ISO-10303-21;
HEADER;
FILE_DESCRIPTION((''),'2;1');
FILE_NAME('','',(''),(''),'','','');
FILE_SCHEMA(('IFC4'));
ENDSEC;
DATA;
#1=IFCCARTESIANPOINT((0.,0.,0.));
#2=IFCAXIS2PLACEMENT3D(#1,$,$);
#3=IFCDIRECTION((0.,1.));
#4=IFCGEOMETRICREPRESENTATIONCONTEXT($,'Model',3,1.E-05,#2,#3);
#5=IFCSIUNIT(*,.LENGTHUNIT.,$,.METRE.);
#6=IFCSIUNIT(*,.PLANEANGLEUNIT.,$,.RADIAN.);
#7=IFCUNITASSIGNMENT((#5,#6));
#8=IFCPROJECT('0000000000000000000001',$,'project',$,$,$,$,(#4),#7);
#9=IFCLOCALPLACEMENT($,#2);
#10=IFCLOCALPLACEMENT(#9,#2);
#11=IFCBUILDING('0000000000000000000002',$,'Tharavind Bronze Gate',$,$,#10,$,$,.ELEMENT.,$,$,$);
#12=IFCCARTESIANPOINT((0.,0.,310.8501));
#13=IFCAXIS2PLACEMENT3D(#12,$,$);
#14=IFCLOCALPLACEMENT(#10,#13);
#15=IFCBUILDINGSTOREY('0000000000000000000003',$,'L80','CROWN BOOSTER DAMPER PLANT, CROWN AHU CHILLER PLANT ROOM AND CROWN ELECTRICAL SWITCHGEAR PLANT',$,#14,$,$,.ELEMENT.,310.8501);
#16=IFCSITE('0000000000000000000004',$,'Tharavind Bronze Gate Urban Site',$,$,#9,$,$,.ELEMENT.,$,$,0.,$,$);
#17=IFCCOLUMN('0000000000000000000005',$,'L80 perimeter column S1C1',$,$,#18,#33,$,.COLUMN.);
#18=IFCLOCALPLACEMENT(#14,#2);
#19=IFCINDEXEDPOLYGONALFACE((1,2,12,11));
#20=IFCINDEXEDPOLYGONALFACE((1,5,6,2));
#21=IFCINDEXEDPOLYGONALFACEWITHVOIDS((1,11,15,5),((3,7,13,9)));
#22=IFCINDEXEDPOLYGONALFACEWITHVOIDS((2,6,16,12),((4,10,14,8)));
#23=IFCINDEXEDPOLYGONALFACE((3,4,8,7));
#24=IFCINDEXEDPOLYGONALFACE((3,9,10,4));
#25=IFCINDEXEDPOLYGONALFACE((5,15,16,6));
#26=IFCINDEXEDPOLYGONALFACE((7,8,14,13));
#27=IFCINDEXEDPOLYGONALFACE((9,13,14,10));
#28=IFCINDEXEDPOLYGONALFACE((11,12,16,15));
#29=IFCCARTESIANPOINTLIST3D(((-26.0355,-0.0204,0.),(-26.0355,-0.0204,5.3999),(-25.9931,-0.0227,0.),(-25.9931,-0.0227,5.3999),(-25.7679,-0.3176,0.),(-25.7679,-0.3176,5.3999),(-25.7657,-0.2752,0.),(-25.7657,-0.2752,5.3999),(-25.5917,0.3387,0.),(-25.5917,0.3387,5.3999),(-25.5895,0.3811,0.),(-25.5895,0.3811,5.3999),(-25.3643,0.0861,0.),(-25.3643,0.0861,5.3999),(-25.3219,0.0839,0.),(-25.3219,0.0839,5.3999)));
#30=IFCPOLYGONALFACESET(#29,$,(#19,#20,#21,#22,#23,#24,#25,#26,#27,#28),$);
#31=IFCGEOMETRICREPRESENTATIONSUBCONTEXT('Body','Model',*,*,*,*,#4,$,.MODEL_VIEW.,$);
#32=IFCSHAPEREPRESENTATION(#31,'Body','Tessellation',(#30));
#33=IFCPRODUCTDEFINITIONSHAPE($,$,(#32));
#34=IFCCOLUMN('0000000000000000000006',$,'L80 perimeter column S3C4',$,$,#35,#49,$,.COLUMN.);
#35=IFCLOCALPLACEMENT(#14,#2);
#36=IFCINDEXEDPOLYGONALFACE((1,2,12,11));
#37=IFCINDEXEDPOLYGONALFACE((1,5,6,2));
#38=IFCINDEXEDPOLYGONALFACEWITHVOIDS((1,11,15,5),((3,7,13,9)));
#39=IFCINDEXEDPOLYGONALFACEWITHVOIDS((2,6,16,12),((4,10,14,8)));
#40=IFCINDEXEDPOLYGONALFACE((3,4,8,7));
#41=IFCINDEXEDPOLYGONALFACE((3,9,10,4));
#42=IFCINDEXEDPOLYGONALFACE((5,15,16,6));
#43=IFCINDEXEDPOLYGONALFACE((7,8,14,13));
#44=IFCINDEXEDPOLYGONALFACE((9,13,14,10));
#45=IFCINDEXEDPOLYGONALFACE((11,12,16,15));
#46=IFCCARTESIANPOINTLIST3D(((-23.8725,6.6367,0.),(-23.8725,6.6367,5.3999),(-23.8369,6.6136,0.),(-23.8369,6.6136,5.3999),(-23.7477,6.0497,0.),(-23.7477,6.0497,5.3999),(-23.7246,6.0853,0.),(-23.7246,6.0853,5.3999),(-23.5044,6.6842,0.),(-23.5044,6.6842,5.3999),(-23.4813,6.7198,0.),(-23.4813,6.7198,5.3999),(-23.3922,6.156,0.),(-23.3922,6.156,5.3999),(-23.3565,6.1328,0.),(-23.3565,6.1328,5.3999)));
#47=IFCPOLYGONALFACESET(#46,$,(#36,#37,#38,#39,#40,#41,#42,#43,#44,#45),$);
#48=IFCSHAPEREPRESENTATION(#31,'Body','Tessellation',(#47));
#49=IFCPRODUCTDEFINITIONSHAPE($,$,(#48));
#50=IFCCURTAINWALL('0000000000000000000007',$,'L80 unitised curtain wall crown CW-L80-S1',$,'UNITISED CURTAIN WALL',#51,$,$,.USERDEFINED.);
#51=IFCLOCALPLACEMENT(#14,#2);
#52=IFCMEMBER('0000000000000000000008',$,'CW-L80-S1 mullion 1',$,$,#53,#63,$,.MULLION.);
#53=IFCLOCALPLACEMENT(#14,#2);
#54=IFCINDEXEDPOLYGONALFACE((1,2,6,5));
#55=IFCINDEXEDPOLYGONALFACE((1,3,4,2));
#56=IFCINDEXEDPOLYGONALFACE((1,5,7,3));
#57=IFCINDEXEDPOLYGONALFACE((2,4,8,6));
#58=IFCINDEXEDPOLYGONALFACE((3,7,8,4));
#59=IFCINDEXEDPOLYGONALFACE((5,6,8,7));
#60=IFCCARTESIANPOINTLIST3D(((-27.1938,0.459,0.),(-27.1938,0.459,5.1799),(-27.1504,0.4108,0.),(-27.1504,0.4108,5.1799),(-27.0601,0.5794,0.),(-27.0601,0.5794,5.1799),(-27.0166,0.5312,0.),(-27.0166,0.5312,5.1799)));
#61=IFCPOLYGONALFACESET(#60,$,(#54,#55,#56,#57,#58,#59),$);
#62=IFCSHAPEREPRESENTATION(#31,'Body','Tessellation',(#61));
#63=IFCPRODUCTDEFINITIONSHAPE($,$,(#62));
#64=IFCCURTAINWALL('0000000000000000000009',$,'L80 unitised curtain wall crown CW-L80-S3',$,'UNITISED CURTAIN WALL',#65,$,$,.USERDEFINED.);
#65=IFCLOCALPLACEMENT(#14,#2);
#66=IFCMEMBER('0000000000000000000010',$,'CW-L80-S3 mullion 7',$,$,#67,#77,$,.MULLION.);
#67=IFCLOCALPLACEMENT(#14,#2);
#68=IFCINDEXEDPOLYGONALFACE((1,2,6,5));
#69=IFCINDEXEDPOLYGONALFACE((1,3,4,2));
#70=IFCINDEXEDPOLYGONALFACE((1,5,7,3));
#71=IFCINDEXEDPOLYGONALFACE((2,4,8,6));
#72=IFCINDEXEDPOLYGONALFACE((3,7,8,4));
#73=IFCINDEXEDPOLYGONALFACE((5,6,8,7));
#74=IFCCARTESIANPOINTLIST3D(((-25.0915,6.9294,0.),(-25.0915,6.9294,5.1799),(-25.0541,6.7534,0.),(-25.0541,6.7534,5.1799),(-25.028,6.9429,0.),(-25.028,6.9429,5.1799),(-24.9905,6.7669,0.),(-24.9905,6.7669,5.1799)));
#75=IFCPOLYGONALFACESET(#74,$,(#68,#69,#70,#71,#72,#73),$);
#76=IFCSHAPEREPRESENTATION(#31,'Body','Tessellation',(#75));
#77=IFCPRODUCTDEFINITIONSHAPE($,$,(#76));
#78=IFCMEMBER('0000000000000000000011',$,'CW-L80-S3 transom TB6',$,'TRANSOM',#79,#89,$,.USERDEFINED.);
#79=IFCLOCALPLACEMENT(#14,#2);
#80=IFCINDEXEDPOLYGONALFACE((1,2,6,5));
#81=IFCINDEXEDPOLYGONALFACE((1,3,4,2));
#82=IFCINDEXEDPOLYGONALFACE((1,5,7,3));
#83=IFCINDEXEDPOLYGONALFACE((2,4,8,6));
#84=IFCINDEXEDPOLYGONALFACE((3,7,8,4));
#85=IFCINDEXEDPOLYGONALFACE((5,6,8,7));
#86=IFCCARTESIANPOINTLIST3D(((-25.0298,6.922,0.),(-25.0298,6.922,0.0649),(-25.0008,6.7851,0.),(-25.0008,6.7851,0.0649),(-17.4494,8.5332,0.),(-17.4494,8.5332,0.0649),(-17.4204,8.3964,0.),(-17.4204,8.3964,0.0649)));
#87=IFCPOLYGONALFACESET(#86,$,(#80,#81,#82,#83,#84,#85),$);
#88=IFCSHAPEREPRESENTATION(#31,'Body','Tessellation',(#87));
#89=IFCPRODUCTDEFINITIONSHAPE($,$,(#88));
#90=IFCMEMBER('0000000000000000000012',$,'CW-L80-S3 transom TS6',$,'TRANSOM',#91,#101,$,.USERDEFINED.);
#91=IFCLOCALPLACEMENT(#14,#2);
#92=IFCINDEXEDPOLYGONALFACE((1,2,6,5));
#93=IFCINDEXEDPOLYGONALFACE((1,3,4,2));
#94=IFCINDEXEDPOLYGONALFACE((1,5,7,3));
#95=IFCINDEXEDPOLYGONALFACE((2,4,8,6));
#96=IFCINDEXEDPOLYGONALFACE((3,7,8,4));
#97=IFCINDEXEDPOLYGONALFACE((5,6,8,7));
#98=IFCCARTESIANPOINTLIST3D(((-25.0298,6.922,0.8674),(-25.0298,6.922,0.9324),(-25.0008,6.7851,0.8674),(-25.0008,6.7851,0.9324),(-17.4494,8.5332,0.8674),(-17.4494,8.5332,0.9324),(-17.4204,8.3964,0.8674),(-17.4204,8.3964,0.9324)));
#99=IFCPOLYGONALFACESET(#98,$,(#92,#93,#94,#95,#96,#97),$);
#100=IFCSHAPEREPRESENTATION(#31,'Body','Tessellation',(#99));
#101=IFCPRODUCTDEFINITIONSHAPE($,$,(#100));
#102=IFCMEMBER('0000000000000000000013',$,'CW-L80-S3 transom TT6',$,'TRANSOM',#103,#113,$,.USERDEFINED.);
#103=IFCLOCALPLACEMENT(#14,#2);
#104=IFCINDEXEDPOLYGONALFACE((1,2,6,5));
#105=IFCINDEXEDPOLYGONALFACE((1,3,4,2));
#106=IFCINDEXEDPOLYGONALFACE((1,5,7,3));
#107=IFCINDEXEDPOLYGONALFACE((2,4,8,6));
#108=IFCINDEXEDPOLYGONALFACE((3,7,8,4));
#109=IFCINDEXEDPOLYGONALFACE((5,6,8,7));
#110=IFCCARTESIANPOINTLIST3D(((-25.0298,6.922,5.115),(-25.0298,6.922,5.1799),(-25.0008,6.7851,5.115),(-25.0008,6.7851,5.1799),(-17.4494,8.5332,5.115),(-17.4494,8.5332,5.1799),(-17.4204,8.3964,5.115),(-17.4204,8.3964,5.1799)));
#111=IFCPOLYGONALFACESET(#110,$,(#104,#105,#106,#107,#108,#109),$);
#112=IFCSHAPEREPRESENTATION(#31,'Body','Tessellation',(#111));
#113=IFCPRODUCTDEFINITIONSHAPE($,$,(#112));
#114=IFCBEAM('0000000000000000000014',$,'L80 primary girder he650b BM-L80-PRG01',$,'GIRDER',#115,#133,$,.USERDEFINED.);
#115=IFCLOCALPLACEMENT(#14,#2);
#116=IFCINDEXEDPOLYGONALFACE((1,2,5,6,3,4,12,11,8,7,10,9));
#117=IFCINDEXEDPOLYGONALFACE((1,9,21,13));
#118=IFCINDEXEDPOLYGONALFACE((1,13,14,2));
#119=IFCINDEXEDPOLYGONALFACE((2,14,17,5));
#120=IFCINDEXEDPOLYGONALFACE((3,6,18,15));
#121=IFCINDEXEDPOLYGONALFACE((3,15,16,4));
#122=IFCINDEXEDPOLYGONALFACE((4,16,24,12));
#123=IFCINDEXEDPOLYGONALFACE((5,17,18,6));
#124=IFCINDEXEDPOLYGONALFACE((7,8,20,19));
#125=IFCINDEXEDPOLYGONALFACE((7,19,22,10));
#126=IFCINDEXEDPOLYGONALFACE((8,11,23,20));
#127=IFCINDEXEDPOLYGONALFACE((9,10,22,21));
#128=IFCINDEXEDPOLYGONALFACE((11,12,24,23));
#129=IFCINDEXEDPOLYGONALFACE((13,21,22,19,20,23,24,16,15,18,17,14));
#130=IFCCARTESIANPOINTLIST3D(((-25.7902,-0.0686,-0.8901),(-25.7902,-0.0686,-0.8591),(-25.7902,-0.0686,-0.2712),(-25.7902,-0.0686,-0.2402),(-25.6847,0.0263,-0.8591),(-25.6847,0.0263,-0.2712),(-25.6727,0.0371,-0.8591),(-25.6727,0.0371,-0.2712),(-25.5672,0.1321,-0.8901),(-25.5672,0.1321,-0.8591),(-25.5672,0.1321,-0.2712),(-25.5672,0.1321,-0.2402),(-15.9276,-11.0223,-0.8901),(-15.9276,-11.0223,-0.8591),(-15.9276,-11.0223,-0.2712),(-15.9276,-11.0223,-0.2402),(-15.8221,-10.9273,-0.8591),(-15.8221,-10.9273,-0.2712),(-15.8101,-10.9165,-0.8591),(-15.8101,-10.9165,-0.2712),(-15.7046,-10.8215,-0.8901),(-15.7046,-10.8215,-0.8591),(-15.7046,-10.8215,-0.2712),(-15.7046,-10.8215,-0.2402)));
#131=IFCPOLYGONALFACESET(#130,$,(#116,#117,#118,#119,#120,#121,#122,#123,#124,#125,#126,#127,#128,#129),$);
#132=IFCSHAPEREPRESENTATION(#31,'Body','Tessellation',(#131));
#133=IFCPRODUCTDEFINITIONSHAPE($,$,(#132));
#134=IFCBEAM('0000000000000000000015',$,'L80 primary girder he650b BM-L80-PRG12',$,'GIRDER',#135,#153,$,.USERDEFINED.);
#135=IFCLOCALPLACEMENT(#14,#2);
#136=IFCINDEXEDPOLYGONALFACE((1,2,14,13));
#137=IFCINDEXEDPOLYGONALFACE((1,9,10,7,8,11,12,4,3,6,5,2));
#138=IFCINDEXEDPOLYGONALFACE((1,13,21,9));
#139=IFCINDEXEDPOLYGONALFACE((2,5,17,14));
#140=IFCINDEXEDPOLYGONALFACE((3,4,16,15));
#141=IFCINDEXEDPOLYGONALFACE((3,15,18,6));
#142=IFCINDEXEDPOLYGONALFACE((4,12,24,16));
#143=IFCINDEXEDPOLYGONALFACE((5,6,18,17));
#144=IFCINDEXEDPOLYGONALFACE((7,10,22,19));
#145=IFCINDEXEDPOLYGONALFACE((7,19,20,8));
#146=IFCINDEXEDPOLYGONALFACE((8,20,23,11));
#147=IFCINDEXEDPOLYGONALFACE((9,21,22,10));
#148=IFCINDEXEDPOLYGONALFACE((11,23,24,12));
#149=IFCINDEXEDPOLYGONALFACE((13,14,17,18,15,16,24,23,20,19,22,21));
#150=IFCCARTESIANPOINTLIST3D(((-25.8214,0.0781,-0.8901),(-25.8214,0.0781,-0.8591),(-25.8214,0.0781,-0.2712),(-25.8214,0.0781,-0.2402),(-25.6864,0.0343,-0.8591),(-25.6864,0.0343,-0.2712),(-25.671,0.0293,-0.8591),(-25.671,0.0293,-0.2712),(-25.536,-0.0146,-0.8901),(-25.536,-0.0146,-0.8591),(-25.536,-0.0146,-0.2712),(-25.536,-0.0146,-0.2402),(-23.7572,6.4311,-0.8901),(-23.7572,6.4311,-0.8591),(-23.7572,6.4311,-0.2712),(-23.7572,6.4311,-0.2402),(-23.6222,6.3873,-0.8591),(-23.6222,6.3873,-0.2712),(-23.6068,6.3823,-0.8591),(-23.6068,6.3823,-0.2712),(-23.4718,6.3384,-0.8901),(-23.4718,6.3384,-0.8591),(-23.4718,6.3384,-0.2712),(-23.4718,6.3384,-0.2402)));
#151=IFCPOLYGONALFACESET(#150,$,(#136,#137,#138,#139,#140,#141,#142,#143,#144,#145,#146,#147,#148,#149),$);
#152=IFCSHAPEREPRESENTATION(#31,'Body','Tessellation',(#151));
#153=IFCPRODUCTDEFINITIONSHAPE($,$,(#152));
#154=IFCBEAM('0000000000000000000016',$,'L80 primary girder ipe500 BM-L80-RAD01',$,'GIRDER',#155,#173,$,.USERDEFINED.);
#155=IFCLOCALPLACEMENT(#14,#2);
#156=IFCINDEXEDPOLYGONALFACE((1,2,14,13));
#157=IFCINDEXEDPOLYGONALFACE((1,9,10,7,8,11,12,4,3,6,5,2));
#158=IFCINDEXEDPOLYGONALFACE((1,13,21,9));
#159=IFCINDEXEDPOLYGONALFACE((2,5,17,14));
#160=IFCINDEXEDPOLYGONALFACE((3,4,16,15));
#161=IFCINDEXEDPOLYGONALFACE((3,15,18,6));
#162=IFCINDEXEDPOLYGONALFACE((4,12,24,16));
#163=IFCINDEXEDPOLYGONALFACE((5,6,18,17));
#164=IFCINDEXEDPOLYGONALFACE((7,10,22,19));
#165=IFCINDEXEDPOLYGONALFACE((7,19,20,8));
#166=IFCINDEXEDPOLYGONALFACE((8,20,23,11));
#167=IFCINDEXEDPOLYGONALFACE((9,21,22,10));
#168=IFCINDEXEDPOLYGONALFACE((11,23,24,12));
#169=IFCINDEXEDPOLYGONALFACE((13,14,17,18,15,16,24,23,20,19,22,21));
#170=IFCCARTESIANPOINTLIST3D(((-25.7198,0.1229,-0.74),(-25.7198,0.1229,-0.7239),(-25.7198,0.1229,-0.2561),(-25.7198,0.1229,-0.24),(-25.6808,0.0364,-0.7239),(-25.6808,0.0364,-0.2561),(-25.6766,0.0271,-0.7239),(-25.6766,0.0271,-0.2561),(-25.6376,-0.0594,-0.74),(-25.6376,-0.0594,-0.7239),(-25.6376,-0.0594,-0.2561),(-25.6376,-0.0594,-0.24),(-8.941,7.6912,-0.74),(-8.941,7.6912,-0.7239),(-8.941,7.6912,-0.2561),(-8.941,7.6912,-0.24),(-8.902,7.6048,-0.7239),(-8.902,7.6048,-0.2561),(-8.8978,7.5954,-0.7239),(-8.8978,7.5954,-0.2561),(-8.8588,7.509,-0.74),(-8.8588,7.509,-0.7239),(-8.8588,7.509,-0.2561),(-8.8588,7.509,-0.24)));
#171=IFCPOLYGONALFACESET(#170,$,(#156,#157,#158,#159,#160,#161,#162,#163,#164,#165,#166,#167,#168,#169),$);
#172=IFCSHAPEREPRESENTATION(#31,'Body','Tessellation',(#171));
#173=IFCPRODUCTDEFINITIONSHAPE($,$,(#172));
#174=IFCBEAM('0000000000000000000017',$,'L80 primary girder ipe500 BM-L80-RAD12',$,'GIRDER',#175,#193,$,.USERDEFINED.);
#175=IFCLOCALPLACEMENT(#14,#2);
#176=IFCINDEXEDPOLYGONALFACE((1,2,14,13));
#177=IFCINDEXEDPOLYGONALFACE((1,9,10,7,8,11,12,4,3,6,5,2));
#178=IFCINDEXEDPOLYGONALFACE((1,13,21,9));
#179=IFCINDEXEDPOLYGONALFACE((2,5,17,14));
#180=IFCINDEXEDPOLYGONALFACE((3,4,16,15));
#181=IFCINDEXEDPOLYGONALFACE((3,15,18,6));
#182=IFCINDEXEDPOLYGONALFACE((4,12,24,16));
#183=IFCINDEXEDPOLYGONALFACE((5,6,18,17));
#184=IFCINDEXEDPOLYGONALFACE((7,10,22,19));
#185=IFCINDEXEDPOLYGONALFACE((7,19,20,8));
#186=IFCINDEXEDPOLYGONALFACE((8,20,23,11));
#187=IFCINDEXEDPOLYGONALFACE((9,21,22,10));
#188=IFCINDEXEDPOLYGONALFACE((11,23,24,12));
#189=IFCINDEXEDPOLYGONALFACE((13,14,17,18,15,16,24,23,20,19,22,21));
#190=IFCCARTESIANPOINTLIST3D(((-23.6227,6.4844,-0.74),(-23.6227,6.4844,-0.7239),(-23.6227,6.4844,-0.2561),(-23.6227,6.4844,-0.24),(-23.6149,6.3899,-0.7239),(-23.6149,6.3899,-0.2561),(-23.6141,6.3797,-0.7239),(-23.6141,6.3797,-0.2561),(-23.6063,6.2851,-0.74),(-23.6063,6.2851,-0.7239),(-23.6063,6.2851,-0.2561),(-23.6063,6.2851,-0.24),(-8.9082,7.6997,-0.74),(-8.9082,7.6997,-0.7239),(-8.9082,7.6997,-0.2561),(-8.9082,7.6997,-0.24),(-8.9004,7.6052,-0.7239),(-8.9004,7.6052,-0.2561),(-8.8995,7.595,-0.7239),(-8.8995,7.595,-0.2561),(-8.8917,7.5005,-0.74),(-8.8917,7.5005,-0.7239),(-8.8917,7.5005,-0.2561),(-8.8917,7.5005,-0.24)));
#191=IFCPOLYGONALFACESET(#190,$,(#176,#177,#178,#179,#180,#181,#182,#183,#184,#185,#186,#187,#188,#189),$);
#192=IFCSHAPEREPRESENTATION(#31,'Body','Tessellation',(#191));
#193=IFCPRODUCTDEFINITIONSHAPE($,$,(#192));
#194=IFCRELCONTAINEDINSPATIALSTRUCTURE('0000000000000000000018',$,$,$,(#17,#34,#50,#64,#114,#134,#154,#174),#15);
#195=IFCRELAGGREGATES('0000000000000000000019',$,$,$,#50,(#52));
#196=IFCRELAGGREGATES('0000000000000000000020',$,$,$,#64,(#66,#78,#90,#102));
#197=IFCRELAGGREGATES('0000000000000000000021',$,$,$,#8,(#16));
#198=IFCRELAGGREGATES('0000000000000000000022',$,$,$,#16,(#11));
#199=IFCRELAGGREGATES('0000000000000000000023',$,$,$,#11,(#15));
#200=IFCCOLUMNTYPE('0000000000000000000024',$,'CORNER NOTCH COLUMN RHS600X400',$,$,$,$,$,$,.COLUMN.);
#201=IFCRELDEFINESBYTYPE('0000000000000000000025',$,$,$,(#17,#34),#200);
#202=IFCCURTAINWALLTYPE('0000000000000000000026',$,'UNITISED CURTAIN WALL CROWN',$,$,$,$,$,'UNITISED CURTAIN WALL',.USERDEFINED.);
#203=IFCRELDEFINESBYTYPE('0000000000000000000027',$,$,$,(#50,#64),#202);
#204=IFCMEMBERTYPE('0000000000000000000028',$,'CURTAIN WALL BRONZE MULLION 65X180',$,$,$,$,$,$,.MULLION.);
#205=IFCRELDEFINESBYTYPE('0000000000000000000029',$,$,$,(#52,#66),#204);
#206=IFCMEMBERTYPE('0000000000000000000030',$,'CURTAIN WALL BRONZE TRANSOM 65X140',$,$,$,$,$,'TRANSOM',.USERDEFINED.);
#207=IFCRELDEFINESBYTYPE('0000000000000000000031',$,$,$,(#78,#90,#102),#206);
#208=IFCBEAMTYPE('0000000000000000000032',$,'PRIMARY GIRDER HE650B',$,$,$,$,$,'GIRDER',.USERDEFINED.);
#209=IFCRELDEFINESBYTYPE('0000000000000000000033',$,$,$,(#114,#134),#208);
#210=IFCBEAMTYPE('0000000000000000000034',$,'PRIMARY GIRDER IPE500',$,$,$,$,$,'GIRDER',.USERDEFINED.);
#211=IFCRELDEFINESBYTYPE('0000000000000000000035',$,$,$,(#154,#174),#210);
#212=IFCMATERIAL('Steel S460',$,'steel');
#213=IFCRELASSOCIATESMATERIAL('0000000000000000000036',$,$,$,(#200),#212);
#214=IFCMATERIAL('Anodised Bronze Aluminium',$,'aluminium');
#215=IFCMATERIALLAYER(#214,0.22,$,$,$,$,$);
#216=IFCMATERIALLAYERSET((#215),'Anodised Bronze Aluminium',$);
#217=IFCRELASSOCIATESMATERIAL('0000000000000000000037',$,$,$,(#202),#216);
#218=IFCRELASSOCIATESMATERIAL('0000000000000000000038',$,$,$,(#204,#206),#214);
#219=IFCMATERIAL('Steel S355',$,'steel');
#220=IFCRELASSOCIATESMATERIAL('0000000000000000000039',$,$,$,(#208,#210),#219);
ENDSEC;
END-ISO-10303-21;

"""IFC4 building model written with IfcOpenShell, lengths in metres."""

from ifc_helpers import new_model, si_unit, direction, frame, origin, origin_2d, place, context, subcontext, project, spatial, rectangle, hollow_rectangle, i_section, extrude, material, layer, layer_set, material_profile, profile_set, type_object, element, aggregate, save


model = new_model("IFC4")

# Units and contexts
model_context = context("Model", 3, precision=1e-05, world=origin(), true_north=direction((0.0, 1.0)))
body_context = subcontext(model_context, "Body", "Model", "MODEL_VIEW")
ifc_project = project(units=[si_unit("LENGTHUNIT", "METRE"), si_unit("PLANEANGLEUNIT", "RADIAN")], contexts=[model_context])

# Site, building, storey
site_placement = place(None, origin())
site = spatial("IfcSite", under=ifc_project, at=site_placement, Name="Tharavind Bronze Gate Urban Site", CompositionType="ELEMENT", RefElevation=0.0)
building_placement = place(site_placement, origin())
building = spatial("IfcBuilding", under=site, at=building_placement, Name="Tharavind Bronze Gate", CompositionType="ELEMENT")
storey_placement = place(building_placement, frame((0.0, 0.0, 310.8501)))
storey = spatial("IfcBuildingStorey", under=building, at=storey_placement, Name="L80", Description="CROWN BOOSTER DAMPER PLANT, CROWN AHU CHILLER PLANT ROOM AND CROWN ELECTRICAL SWITCHGEAR PLANT", CompositionType="ELEMENT", Elevation=310.8501)

# Columns
ifc_material_1 = material(Name="Steel S460", Category="steel")
ifc_material_profile_1 = material_profile(ifc_material_1, hollow_rectangle(XDim=0.3999, YDim=0.6001, WallThickness=0.03, at=origin_2d()), Name="RHS600X400X30")
ifc_profile_set_1 = profile_set([ifc_material_profile_1], Name="Steel S460")
column_type = type_object("IfcColumnType", Name="CORNER NOTCH COLUMN RHS600X400", PredefinedType="COLUMN", material=ifc_profile_set_1)
for number, where, z_axis, x_axis, name in (
    (1, (-25.6787, 0.0317, 0.0), (0.0, 0.0, 1.0), (-0.669131, 0.743145, 0.0), "L80 perimeter column S1C1"),
    (2, (-23.6145, 6.3848, 0.0), (0.0, 0.0, 1.0), (0.978147, 0.207913, 0.0), "L80 perimeter column S3C4"),
):
    element("IfcColumn", number, at=place(storey_placement, frame(where, z_axis=z_axis, x_axis=x_axis)), inside=storey, type_object=column_type, Name=name, PredefinedType="COLUMN", context=body_context, shape_type="SweptSolid", body=[
        extrude(hollow_rectangle(XDim=0.3999, YDim=0.6001, WallThickness=0.03, at=origin_2d()), origin(), (0.0, 0.0, 1.0), 5.3999),
    ])

# Curtain wall, member
ifc_material_2 = material(Name="Anodised Bronze Aluminium", Category="aluminium")
ifc_layer_1 = layer(ifc_material_2, 0.22)
ifc_layer_set_1 = layer_set([ifc_layer_1], Name="Anodised Bronze Aluminium")
curtain_wall_type = type_object("IfcCurtainWallType", Name="UNITISED CURTAIN WALL CROWN", ElementType="UNITISED CURTAIN WALL", PredefinedType="USERDEFINED", material=ifc_layer_set_1)
curtain_wall_1_placement = place(storey_placement, origin())
curtain_wall_1 = element("IfcCurtainWall", 3, at=curtain_wall_1_placement, inside=storey, type_object=curtain_wall_type, Name="L80 unitised curtain wall crown CW-L80-S1", ObjectType="UNITISED CURTAIN WALL", PredefinedType="USERDEFINED")
member_type_1 = type_object("IfcMemberType", Name="CURTAIN WALL BRONZE MULLION 65X180", PredefinedType="MULLION", material=ifc_material_2)
member_1_placement = place(storey_placement, frame((-27.1052, 0.4951, 0.0), z_axis=(0.0, 0.0, 1.0), x_axis=(0.669131, -0.743145, 0.0)))
member_1 = element("IfcMember", 4, at=member_1_placement, type_object=member_type_1, Name="CW-L80-S1 mullion 1", PredefinedType="MULLION", context=body_context, shape_type="SweptSolid", body=[
    extrude(rectangle(XDim=0.0649, YDim=0.1799, at=origin_2d()), origin(), (0.0, 0.0, 1.0), 5.1799),
])
aggregate(curtain_wall_1, [member_1])

# Curtain wall, members
curtain_wall_2_placement = place(storey_placement, origin())
curtain_wall_2 = element("IfcCurtainWall", 5, at=curtain_wall_2_placement, inside=storey, type_object=curtain_wall_type, Name="L80 unitised curtain wall crown CW-L80-S3", ObjectType="UNITISED CURTAIN WALL", PredefinedType="USERDEFINED")
member_2_placement = place(storey_placement, frame((-25.041, 6.8481, 0.0), z_axis=(0.0, 0.0, 1.0), x_axis=(-0.978147, -0.207913, 0.0)))
member_2 = element("IfcMember", 6, at=member_2_placement, type_object=member_type_1, Name="CW-L80-S3 mullion 7", PredefinedType="MULLION", context=body_context, shape_type="SweptSolid", body=[
    extrude(rectangle(XDim=0.0649, YDim=0.1799, at=origin_2d()), origin(), (0.0, 0.0, 1.0), 5.1799),
])
member_type_2 = type_object("IfcMemberType", Name="CURTAIN WALL BRONZE TRANSOM 65X140", ElementType="TRANSOM", PredefinedType="USERDEFINED", material=ifc_material_2)
member_3_placement = place(storey_placement, frame((-21.2251, 7.6592, 0.0), z_axis=(0.0, 0.0, 1.0), x_axis=(-0.978147, -0.207913, 0.0)))
member_3 = element("IfcMember", 7, at=member_3_placement, type_object=member_type_2, Name="CW-L80-S3 transom TB6", ObjectType="TRANSOM", PredefinedType="USERDEFINED", context=body_context, shape_type="SweptSolid", body=[
    extrude(rectangle(XDim=7.7498, YDim=0.1399, at=origin_2d()), origin(), (0.0, 0.0, 1.0), 0.0649),
])
member_4_placement = place(storey_placement, frame((-21.2251, 7.6592, 0.8674), z_axis=(0.0, 0.0, 1.0), x_axis=(-0.978147, -0.207913, 0.0)))
member_4 = element("IfcMember", 8, at=member_4_placement, type_object=member_type_2, Name="CW-L80-S3 transom TS6", ObjectType="TRANSOM", PredefinedType="USERDEFINED", context=body_context, shape_type="SweptSolid", body=[
    extrude(rectangle(XDim=7.7498, YDim=0.1399, at=origin_2d()), origin(), (0.0, 0.0, 1.0), 0.0649),
])
member_5_placement = place(storey_placement, frame((-21.2251, 7.6592, 5.115), z_axis=(0.0, 0.0, 1.0), x_axis=(-0.978147, -0.207913, 0.0)))
member_5 = element("IfcMember", 9, at=member_5_placement, type_object=member_type_2, Name="CW-L80-S3 transom TT6", ObjectType="TRANSOM", PredefinedType="USERDEFINED", context=body_context, shape_type="SweptSolid", body=[
    extrude(rectangle(XDim=7.7498, YDim=0.1399, at=origin_2d()), origin(), (0.0, 0.0, 1.0), 0.0649),
])

# Beams
ifc_material_3 = material(Name="Steel S355", Category="steel")
ifc_material_profile_2 = material_profile(ifc_material_3, i_section(OverallWidth=0.3, OverallDepth=0.6499, WebThickness=0.0161, FlangeThickness=0.031, at=origin_2d()), Name="HE650B")
ifc_profile_set_2 = profile_set([ifc_material_profile_2], Name="Steel S355")
beam_type_1 = type_object("IfcBeamType", Name="PRIMARY GIRDER HE650B", ElementType="GIRDER", PredefinedType="USERDEFINED", material=ifc_profile_set_2)
beam_1_placement = place(storey_placement, frame((-25.6787, 0.0317, -0.5652), z_axis=(0.669126, -0.743149, 0.0), x_axis=(0.743149, 0.669126, 0.0)))
element("IfcBeam", 10, at=beam_1_placement, inside=storey, type_object=beam_type_1, Name="L80 primary girder he650b BM-L80-PRG01", ObjectType="GIRDER", PredefinedType="USERDEFINED", context=body_context, shape_type="SweptSolid", body=[
    extrude(i_section(OverallWidth=0.3, OverallDepth=0.6499, WebThickness=0.0161, FlangeThickness=0.031, at=origin_2d()), origin(), (0.0, 0.0, 1.0), 14.7395),
])
beam_2_placement = place(storey_placement, frame((-23.6145, 6.3848, -0.5652), z_axis=(-0.309015, -0.951057, 0.0), x_axis=(0.951057, -0.309015, 0.0)))
element("IfcBeam", 11, at=beam_2_placement, inside=storey, type_object=beam_type_1, Name="L80 primary girder he650b BM-L80-PRG12", ObjectType="GIRDER", PredefinedType="USERDEFINED", context=body_context, shape_type="SweptSolid", body=[
    extrude(i_section(OverallWidth=0.3, OverallDepth=0.6499, WebThickness=0.0161, FlangeThickness=0.031, at=origin_2d()), origin(), (0.0, 0.0, 1.0), 6.6799),
])
ifc_material_profile_3 = material_profile(ifc_material_3, i_section(OverallWidth=0.2, OverallDepth=0.5, WebThickness=0.0103, FlangeThickness=0.0161, at=origin_2d()), Name="IPE500")
ifc_profile_set_3 = profile_set([ifc_material_profile_3], Name="Steel S355")
beam_type_2 = type_object("IfcBeamType", Name="PRIMARY GIRDER IPE500", ElementType="GIRDER", PredefinedType="USERDEFINED", material=ifc_profile_set_3)
beam_3_placement = place(storey_placement, frame((-25.6787, 0.0317, -0.49), z_axis=(0.911557, 0.411173, 0.0), x_axis=(-0.411173, 0.911557, 0.0)))
element("IfcBeam", 12, at=beam_3_placement, inside=storey, type_object=beam_type_2, Name="L80 primary girder ipe500 BM-L80-RAD01", ObjectType="GIRDER", PredefinedType="USERDEFINED", context=body_context, shape_type="SweptSolid", body=[
    extrude(i_section(OverallWidth=0.2, OverallDepth=0.5, WebThickness=0.0103, FlangeThickness=0.0161, at=origin_2d()), origin(), (0.0, 0.0, 1.0), 18.4067),
])
beam_4_placement = place(storey_placement, frame((-23.6145, 6.3848, -0.49), z_axis=(0.996606, 0.082313, 0.0), x_axis=(-0.082313, 0.996606, 0.0)))
element("IfcBeam", 13, at=beam_4_placement, inside=storey, type_object=beam_type_2, Name="L80 primary girder ipe500 BM-L80-RAD12", ObjectType="GIRDER", PredefinedType="USERDEFINED", context=body_context, shape_type="SweptSolid", body=[
    extrude(i_section(OverallWidth=0.2, OverallDepth=0.5, WebThickness=0.0103, FlangeThickness=0.0161, at=origin_2d()), origin(), (0.0, 0.0, 1.0), 14.7646),
])

aggregate(curtain_wall_2, [member_2, member_3, member_4, member_5])

save(model, "model.ifc")
